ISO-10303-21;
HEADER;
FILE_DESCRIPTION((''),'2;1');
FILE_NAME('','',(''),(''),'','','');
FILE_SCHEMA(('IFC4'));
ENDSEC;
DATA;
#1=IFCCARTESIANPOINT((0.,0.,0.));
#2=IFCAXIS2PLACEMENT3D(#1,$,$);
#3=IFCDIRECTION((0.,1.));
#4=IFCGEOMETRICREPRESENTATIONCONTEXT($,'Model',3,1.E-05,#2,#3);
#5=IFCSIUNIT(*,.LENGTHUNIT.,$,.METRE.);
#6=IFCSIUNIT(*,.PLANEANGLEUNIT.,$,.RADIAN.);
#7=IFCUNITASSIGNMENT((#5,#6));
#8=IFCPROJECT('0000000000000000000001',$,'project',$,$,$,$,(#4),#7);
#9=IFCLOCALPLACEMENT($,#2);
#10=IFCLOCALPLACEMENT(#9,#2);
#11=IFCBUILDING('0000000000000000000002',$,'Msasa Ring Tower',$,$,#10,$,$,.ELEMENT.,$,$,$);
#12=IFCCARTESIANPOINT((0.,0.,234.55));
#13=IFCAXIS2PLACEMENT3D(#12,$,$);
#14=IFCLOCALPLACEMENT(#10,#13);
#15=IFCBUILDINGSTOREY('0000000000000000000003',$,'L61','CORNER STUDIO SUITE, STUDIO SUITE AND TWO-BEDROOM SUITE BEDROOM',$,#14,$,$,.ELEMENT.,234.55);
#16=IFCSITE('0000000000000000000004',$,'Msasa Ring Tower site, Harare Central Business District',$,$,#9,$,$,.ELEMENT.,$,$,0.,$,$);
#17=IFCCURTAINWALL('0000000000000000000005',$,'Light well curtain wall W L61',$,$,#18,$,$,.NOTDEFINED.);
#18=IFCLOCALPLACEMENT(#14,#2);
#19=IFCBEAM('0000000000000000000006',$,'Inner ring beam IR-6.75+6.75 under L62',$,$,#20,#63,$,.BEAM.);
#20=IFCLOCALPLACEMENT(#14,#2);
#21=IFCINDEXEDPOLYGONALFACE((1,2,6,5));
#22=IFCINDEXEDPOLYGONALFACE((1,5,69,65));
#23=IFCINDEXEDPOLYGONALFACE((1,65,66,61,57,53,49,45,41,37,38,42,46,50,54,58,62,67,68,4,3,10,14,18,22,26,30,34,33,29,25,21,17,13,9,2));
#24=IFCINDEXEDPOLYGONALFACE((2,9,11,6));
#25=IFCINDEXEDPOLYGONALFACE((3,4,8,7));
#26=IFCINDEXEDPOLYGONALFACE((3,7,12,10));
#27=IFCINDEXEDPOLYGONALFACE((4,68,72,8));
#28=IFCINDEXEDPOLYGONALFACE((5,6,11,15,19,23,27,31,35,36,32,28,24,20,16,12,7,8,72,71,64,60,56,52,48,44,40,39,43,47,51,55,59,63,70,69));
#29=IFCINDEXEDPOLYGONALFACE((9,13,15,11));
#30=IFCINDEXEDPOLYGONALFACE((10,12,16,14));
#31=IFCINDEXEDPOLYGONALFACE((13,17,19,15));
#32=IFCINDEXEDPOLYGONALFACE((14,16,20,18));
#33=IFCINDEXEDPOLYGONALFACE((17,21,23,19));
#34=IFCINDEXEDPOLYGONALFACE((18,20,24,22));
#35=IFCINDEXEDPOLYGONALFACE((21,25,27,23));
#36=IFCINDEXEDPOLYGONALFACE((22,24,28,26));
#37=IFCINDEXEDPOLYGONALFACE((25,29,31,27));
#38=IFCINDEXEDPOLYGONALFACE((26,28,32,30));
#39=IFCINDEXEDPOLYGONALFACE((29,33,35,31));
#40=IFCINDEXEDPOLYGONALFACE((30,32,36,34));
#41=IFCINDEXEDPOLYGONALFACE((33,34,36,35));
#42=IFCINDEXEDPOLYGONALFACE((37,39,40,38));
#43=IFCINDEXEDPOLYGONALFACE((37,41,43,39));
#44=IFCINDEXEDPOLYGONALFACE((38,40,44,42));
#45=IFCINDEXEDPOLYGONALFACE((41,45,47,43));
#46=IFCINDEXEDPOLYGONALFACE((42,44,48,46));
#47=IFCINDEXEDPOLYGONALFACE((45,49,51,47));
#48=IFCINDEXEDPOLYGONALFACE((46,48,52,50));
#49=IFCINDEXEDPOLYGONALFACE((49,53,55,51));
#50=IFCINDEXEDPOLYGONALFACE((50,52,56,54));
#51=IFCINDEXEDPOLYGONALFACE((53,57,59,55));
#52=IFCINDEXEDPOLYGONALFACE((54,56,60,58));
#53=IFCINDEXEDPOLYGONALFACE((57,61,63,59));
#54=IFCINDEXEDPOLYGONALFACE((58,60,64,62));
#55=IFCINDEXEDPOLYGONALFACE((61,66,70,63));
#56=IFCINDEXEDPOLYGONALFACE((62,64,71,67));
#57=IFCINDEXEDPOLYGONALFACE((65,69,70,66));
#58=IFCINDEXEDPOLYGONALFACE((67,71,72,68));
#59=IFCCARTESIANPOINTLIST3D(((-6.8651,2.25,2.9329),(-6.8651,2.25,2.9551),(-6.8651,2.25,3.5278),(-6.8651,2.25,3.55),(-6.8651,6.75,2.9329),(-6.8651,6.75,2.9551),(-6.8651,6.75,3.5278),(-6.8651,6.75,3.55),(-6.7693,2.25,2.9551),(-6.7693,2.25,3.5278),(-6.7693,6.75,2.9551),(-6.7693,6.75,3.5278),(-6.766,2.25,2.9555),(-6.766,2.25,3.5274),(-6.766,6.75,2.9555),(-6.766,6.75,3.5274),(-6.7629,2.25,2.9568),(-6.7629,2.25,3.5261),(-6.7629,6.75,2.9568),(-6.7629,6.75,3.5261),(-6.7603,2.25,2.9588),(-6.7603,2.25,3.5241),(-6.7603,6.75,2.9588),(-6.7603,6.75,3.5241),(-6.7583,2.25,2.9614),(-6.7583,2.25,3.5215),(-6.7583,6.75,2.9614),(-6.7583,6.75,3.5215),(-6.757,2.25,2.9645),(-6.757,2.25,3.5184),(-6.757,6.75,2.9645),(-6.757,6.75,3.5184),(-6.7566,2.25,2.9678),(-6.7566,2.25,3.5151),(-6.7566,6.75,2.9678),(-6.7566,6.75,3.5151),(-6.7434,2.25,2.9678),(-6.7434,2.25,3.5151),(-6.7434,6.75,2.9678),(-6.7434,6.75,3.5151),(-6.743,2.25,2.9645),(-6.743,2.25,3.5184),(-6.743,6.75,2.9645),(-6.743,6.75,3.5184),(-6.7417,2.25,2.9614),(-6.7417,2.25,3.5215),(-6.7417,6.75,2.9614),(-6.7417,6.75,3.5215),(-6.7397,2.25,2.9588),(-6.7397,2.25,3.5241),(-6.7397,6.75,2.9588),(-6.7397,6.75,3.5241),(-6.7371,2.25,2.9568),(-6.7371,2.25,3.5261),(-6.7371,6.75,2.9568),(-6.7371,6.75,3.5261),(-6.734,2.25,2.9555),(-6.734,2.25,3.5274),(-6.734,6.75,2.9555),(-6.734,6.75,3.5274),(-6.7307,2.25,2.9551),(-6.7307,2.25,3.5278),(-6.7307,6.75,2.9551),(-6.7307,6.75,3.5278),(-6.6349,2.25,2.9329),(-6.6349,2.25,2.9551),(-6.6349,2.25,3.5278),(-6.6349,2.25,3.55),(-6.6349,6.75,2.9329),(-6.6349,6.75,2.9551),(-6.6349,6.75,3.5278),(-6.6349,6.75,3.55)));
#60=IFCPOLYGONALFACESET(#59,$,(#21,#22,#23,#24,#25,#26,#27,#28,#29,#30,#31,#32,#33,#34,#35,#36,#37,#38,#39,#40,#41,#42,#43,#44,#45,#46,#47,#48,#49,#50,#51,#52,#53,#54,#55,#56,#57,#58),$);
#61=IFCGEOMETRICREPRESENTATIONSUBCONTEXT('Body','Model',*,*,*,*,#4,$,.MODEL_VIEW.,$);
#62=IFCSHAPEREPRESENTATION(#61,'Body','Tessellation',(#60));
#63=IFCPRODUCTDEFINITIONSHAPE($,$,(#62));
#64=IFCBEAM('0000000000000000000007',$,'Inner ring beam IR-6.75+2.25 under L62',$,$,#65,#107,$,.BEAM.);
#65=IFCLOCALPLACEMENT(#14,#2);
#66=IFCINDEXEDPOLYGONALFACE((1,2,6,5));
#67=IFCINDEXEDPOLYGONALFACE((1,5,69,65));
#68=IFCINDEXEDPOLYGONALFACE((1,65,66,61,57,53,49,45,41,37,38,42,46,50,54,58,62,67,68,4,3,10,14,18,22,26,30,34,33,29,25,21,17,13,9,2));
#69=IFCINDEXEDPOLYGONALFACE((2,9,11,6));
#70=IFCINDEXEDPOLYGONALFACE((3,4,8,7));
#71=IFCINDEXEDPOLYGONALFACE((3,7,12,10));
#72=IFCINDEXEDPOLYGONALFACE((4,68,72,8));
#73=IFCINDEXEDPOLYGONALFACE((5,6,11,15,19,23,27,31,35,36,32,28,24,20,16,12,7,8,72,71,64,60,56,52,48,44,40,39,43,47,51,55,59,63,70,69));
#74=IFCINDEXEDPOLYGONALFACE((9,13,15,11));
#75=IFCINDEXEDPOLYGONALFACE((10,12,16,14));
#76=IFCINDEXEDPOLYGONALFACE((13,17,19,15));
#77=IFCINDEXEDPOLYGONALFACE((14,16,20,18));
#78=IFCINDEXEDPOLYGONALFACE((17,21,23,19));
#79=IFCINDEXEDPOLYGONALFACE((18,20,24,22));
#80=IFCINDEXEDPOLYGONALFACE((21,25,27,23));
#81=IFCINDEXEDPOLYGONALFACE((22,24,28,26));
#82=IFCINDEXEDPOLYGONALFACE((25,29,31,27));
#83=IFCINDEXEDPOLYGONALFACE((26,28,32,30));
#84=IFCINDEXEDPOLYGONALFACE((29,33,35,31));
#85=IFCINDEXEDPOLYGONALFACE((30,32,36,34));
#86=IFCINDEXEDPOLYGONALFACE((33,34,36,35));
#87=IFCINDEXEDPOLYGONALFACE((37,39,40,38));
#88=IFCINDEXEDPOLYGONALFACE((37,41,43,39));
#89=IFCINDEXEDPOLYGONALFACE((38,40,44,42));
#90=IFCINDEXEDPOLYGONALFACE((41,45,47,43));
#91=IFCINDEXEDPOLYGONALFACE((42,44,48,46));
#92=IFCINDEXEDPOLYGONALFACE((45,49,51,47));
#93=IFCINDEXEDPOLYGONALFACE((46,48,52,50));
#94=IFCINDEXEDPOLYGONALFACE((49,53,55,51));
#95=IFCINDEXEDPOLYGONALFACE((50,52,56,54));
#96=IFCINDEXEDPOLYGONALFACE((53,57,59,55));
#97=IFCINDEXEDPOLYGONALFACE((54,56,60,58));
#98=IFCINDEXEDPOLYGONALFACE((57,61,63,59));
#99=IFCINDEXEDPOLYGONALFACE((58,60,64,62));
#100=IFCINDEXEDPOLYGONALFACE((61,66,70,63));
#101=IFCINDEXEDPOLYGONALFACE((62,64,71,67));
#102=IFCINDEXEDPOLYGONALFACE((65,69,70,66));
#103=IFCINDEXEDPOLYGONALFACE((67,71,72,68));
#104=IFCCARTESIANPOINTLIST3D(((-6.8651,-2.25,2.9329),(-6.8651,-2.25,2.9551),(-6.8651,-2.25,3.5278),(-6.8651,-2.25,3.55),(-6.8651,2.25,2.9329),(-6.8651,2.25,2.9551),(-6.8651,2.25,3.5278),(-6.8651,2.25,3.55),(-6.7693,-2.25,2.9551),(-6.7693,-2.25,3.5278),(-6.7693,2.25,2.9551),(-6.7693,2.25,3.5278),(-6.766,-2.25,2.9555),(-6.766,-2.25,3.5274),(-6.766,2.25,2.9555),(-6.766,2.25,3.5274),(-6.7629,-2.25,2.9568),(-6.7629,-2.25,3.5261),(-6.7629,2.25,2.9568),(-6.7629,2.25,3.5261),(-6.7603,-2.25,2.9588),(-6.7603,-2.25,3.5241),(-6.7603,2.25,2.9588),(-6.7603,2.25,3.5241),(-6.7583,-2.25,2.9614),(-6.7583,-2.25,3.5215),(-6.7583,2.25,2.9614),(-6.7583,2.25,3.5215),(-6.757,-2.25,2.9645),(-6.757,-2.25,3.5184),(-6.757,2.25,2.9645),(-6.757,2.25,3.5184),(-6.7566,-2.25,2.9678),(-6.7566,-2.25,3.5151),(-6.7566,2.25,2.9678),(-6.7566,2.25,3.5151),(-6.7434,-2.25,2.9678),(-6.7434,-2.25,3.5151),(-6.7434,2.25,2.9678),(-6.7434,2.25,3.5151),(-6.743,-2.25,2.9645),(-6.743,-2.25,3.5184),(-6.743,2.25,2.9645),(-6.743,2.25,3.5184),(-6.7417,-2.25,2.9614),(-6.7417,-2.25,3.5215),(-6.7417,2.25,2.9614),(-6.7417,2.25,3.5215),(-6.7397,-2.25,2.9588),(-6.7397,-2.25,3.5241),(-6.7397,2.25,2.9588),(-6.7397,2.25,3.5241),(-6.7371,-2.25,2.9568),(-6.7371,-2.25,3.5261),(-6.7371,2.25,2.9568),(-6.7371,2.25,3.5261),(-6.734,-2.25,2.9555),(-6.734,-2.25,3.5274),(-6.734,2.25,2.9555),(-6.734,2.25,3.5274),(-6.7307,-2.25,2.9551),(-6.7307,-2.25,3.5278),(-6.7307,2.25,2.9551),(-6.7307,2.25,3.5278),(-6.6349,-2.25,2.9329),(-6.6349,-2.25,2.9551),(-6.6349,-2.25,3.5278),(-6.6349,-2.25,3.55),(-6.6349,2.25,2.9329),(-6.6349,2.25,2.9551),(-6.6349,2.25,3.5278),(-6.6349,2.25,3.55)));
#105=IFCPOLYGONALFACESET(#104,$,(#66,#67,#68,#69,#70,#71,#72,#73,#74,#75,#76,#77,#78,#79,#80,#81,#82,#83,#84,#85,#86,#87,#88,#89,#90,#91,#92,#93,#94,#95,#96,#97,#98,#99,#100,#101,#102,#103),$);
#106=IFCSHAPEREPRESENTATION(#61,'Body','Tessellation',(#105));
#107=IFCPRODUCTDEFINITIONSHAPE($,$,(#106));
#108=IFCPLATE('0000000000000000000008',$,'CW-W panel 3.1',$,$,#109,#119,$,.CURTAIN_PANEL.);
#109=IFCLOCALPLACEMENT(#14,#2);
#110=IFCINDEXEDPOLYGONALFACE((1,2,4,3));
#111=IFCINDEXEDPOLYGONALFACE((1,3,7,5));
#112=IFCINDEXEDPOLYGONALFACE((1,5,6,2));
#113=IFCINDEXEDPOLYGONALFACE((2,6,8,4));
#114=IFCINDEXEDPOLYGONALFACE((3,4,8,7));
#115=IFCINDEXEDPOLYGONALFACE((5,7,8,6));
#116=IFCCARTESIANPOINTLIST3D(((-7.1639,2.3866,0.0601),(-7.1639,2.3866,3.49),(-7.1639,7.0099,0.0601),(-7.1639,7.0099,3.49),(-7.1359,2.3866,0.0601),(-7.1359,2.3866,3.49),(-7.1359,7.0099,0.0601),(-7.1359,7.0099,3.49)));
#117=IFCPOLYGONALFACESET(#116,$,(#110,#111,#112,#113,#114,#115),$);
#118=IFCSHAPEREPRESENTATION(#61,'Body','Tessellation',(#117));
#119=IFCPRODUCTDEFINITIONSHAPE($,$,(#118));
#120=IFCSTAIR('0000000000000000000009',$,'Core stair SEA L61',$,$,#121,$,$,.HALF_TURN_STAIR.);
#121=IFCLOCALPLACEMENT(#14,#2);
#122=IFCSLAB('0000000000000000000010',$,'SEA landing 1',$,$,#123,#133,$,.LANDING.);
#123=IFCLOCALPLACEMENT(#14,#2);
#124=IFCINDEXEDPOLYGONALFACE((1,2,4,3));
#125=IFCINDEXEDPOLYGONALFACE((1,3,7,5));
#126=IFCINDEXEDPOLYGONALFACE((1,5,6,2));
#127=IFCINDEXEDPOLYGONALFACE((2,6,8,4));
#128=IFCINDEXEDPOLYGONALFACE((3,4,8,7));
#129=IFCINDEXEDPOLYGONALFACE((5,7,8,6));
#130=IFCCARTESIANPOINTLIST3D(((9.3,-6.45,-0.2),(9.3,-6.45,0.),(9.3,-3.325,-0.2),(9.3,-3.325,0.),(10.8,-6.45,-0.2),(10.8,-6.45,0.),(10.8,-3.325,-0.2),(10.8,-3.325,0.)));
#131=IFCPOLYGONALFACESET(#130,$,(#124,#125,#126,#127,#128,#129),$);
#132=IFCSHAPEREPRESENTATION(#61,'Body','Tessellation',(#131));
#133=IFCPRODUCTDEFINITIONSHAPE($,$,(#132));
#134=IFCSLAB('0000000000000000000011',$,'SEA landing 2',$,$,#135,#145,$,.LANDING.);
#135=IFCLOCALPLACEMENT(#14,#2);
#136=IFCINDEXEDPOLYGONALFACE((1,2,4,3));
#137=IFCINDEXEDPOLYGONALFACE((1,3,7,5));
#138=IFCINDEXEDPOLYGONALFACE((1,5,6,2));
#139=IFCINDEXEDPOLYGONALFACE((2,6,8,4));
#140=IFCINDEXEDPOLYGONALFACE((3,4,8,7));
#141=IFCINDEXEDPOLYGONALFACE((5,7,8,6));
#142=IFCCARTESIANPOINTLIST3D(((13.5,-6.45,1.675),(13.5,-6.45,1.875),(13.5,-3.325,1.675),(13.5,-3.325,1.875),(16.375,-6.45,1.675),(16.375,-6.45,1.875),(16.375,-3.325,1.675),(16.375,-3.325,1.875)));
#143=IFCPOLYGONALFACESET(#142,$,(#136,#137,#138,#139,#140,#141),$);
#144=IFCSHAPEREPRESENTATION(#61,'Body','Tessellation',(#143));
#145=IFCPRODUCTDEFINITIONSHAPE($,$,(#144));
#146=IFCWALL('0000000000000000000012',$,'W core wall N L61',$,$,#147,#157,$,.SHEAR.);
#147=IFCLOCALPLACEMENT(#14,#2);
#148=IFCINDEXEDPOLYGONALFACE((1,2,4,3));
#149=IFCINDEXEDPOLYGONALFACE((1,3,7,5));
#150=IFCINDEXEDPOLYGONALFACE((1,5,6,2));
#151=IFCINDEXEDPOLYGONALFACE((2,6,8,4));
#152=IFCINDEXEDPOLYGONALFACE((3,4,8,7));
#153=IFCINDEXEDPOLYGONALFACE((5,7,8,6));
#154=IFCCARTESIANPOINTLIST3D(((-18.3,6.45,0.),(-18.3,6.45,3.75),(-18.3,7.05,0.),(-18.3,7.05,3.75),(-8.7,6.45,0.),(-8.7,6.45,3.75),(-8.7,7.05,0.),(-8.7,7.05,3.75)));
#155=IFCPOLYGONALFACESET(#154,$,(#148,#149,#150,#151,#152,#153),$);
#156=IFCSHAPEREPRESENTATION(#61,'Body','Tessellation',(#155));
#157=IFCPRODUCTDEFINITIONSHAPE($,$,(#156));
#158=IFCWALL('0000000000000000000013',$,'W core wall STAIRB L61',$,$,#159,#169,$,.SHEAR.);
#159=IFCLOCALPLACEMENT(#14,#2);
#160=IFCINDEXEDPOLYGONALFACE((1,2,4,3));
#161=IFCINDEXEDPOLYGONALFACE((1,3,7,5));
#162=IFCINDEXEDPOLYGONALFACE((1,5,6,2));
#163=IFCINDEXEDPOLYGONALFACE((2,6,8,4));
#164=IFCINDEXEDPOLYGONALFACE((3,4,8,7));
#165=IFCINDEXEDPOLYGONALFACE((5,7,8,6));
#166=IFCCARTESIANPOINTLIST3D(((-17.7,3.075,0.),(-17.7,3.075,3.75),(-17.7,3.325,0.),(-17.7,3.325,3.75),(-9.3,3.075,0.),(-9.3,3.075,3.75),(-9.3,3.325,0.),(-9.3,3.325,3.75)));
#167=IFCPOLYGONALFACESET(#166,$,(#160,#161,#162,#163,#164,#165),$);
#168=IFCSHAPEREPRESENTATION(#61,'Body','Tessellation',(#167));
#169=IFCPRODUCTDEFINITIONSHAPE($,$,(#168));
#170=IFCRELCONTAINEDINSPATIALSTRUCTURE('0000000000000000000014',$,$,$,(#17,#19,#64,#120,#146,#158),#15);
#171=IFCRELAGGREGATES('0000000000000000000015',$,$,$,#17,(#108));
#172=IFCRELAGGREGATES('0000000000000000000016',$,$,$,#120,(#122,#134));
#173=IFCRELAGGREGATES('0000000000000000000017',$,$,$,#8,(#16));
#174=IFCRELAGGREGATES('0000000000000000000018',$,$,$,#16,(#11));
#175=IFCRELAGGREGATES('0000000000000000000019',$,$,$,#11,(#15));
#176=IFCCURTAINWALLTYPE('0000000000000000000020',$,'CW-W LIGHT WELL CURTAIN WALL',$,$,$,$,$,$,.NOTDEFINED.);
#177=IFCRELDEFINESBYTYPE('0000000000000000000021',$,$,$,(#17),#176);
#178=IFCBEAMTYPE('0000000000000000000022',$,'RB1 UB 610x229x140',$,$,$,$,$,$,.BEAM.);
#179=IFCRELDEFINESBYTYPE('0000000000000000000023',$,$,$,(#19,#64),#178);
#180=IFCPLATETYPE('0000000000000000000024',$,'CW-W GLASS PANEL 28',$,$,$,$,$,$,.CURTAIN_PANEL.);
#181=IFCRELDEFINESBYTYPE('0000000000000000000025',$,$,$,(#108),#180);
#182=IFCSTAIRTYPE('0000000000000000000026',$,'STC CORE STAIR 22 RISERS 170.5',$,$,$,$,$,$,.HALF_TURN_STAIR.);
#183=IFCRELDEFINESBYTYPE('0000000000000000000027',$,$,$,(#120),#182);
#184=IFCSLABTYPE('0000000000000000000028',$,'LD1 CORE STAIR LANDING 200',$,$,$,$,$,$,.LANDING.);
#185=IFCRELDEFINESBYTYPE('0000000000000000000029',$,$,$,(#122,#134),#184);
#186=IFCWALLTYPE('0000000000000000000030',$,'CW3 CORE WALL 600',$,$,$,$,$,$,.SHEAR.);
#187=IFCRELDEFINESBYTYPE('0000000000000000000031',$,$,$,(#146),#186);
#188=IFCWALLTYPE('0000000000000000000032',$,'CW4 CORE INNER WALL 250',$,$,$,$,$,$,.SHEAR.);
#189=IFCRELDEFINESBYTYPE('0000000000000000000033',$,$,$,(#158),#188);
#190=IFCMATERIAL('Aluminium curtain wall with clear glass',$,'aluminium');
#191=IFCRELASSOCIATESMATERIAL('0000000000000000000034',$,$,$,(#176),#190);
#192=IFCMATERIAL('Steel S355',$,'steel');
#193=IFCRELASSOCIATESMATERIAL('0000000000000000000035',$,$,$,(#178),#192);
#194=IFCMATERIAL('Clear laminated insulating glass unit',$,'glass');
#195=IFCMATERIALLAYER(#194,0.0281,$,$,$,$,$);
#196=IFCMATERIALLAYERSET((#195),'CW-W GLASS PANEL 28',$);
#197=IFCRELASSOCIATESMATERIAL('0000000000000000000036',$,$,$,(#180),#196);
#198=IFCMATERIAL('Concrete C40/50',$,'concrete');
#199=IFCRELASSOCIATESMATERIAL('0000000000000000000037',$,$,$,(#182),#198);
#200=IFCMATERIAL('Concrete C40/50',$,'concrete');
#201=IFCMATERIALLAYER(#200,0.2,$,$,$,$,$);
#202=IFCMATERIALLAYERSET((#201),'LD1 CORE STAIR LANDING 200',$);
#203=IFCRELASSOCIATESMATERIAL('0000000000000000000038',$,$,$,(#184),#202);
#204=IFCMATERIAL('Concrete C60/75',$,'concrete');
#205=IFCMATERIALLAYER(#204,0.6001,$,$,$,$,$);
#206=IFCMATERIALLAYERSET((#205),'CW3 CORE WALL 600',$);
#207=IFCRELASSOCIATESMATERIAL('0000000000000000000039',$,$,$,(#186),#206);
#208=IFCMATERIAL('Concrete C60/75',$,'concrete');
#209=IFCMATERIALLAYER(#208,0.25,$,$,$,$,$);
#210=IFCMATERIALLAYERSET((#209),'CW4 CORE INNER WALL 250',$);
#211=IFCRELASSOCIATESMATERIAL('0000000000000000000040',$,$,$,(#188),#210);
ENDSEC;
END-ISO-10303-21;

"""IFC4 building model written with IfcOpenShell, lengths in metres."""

from ifc_helpers import new_model, si_unit, direction, frame, frame_2d, origin, origin_2d, place, context, subcontext, project, spatial, polyline, rectangle, i_section, outline, extrude, material, layer, layer_set, material_profile, profile_set, type_object, element, aggregate, save


model = new_model("IFC4")

# Units and contexts
model_context = context("Model", 3, precision=1e-05, world=origin(), true_north=direction((0.0, 1.0)))
body_context = subcontext(model_context, "Body", "Model", "MODEL_VIEW")
ifc_project = project(units=[si_unit("LENGTHUNIT", "METRE"), si_unit("PLANEANGLEUNIT", "RADIAN")], contexts=[model_context])

# Site, building, storey
site_placement = place(None, origin())
site = spatial("IfcSite", under=ifc_project, at=site_placement, Name="Msasa Ring Tower site, Harare Central Business District", CompositionType="ELEMENT", RefElevation=0.0)
building_placement = place(site_placement, origin())
building = spatial("IfcBuilding", under=site, at=building_placement, Name="Msasa Ring Tower", CompositionType="ELEMENT")
storey_placement = place(building_placement, frame((0.0, 0.0, 234.55)))
storey = spatial("IfcBuildingStorey", under=building, at=storey_placement, Name="L61", Description="CORNER STUDIO SUITE, STUDIO SUITE AND TWO-BEDROOM SUITE BEDROOM", CompositionType="ELEMENT", Elevation=234.55)

# Shared definitions
ifc_material_1 = material(Name="Aluminium curtain wall with clear glass", Category="aluminium")
curtain_wall_type = type_object("IfcCurtainWallType", Name="CW-W LIGHT WELL CURTAIN WALL", PredefinedType="NOTDEFINED", material=ifc_material_1)

# Curtain wall
curtain_wall_1_placement = place(storey_placement, origin())
curtain_wall_1 = element("IfcCurtainWall", 1, at=curtain_wall_1_placement, inside=storey, type_object=curtain_wall_type, Name="Light well curtain wall W L61", PredefinedType="NOTDEFINED")

# Beams
ifc_material_2 = material(Name="Steel S355", Category="steel")
ifc_material_profile_1 = material_profile(ifc_material_2, i_section(OverallWidth=0.2302, OverallDepth=0.6172, WebThickness=0.0132, FlangeThickness=0.0222, FilletRadius=0.0127, at=origin_2d()), Name="UB 610x229x140")
ifc_profile_set_1 = profile_set([ifc_material_profile_1], Name="Steel S355")
beam_type = type_object("IfcBeamType", Name="RB1 UB 610x229x140", PredefinedType="BEAM", material=ifc_profile_set_1)
for number, where, z_axis, x_axis, name in (
    (2, (-6.75, 6.75, 3.2415), (0.0, -1.0, 0.0), (1.0, 0.0, 0.0), "Inner ring beam IR-6.75+6.75 under L62"),
    (3, (-6.75, 2.25, 3.2415), (0.0, -1.0, 0.0), (1.0, 0.0, 0.0), "Inner ring beam IR-6.75+2.25 under L62"),
):
    element("IfcBeam", number, at=place(storey_placement, frame(where, z_axis=z_axis, x_axis=x_axis)), inside=storey, type_object=beam_type, Name=name, PredefinedType="BEAM", context=body_context, shape_type="SweptSolid", body=[
        extrude(i_section(OverallWidth=0.2302, OverallDepth=0.6172, WebThickness=0.0132, FlangeThickness=0.0222, FilletRadius=0.0127, at=origin_2d()), origin(), (0.0, 0.0, 1.0), 4.5),
    ])

# Plate
ifc_material_3 = material(Name="Clear laminated insulating glass unit", Category="glass")
ifc_layer_1 = layer(ifc_material_3, 0.0281)
ifc_layer_set_1 = layer_set([ifc_layer_1], Name="CW-W GLASS PANEL 28")
plate_type = type_object("IfcPlateType", Name="CW-W GLASS PANEL 28", PredefinedType="CURTAIN_PANEL", material=ifc_layer_set_1)
plate_placement = place(storey_placement, frame((-7.1499, 4.6982, 0.0601), z_axis=(0.0, 0.0, 1.0), x_axis=(0.0, 1.0, 0.0)))
plate = element("IfcPlate", 4, at=plate_placement, type_object=plate_type, Name="CW-W panel 3.1", PredefinedType="CURTAIN_PANEL", context=body_context, shape_type="SweptSolid", body=[
    extrude(rectangle(XDim=4.6233, YDim=0.0281, at=origin_2d()), origin(), (0.0, 0.0, 1.0), 3.4299),
])
aggregate(curtain_wall_1, [plate])

# Stair, slabs
ifc_material_4 = material(Name="Concrete C40/50", Category="concrete")
stair_type = type_object("IfcStairType", Name="STC CORE STAIR 22 RISERS 170.5", PredefinedType="HALF_TURN_STAIR", material=ifc_material_4)
stair_1_placement = place(storey_placement, origin())
stair_1 = element("IfcStair", 5, at=stair_1_placement, inside=storey, type_object=stair_type, Name="Core stair SEA L61", PredefinedType="HALF_TURN_STAIR")
ifc_material_5 = material(Name="Concrete C40/50", Category="concrete")
ifc_layer_2 = layer(ifc_material_5, 0.2)
ifc_layer_set_2 = layer_set([ifc_layer_2], Name="LD1 CORE STAIR LANDING 200")
slab_type = type_object("IfcSlabType", Name="LD1 CORE STAIR LANDING 200", PredefinedType="LANDING", material=ifc_layer_set_2)
slab_1_placement = place(storey_placement, frame((0.0, 0.0, -0.2)))
slab_1 = element("IfcSlab", 6, at=slab_1_placement, type_object=slab_type, Name="SEA landing 1", PredefinedType="LANDING", context=body_context, shape_type="SweptSolid", body=[
    extrude(outline(polyline([(9.3, -6.45), (10.8, -6.45), (10.8, -3.325), (9.3, -3.325), (9.3, -6.45)])), origin(), (0.0, 0.0, 1.0), 0.2),
])
slab_2_placement = place(storey_placement, frame((0.0, 0.0, 1.675)))
slab_2 = element("IfcSlab", 7, at=slab_2_placement, type_object=slab_type, Name="SEA landing 2", PredefinedType="LANDING", context=body_context, shape_type="SweptSolid", body=[
    extrude(outline(polyline([(13.5, -6.45), (16.375, -6.45), (16.375, -3.325), (13.5, -3.325), (13.5, -6.45)])), origin(), (0.0, 0.0, 1.0), 0.2),
])
aggregate(stair_1, [slab_1, slab_2])

# Walls
ifc_material_6 = material(Name="Concrete C60/75", Category="concrete")
ifc_layer_3 = layer(ifc_material_6, 0.6001)
ifc_layer_set_3 = layer_set([ifc_layer_3], Name="CW3 CORE WALL 600")
wall_type_1 = type_object("IfcWallType", Name="CW3 CORE WALL 600", PredefinedType="SHEAR", material=ifc_layer_set_3)
wall_1_placement = place(storey_placement, frame((-8.7, 6.75, 0.0), z_axis=(0.0, 0.0, 1.0), x_axis=(-1.0, 0.0, 0.0)))
element("IfcWall", 8, at=wall_1_placement, inside=storey, type_object=wall_type_1, Name="W core wall N L61", PredefinedType="SHEAR", context=body_context, shape_type="SweptSolid", body=[
    extrude(rectangle(XDim=9.6001, YDim=0.6001, at=frame_2d((4.8, 0.0))), origin(), (0.0, 0.0, 1.0), 3.75),
])
ifc_material_7 = material(Name="Concrete C60/75", Category="concrete")
ifc_layer_4 = layer(ifc_material_7, 0.25)
ifc_layer_set_4 = layer_set([ifc_layer_4], Name="CW4 CORE INNER WALL 250")
wall_type_2 = type_object("IfcWallType", Name="CW4 CORE INNER WALL 250", PredefinedType="SHEAR", material=ifc_layer_set_4)
wall_2_placement = place(storey_placement, frame((-9.3, 3.2, 0.0), z_axis=(0.0, 0.0, 1.0), x_axis=(-1.0, 0.0, 0.0)))
element("IfcWall", 9, at=wall_2_placement, inside=storey, type_object=wall_type_2, Name="W core wall STAIRB L61", PredefinedType="SHEAR", context=body_context, shape_type="SweptSolid", body=[
    extrude(rectangle(XDim=8.3999, YDim=0.25, at=frame_2d((4.2, 0.0))), origin(), (0.0, 0.0, 1.0), 3.75),
])

save(model, "model.ifc")
